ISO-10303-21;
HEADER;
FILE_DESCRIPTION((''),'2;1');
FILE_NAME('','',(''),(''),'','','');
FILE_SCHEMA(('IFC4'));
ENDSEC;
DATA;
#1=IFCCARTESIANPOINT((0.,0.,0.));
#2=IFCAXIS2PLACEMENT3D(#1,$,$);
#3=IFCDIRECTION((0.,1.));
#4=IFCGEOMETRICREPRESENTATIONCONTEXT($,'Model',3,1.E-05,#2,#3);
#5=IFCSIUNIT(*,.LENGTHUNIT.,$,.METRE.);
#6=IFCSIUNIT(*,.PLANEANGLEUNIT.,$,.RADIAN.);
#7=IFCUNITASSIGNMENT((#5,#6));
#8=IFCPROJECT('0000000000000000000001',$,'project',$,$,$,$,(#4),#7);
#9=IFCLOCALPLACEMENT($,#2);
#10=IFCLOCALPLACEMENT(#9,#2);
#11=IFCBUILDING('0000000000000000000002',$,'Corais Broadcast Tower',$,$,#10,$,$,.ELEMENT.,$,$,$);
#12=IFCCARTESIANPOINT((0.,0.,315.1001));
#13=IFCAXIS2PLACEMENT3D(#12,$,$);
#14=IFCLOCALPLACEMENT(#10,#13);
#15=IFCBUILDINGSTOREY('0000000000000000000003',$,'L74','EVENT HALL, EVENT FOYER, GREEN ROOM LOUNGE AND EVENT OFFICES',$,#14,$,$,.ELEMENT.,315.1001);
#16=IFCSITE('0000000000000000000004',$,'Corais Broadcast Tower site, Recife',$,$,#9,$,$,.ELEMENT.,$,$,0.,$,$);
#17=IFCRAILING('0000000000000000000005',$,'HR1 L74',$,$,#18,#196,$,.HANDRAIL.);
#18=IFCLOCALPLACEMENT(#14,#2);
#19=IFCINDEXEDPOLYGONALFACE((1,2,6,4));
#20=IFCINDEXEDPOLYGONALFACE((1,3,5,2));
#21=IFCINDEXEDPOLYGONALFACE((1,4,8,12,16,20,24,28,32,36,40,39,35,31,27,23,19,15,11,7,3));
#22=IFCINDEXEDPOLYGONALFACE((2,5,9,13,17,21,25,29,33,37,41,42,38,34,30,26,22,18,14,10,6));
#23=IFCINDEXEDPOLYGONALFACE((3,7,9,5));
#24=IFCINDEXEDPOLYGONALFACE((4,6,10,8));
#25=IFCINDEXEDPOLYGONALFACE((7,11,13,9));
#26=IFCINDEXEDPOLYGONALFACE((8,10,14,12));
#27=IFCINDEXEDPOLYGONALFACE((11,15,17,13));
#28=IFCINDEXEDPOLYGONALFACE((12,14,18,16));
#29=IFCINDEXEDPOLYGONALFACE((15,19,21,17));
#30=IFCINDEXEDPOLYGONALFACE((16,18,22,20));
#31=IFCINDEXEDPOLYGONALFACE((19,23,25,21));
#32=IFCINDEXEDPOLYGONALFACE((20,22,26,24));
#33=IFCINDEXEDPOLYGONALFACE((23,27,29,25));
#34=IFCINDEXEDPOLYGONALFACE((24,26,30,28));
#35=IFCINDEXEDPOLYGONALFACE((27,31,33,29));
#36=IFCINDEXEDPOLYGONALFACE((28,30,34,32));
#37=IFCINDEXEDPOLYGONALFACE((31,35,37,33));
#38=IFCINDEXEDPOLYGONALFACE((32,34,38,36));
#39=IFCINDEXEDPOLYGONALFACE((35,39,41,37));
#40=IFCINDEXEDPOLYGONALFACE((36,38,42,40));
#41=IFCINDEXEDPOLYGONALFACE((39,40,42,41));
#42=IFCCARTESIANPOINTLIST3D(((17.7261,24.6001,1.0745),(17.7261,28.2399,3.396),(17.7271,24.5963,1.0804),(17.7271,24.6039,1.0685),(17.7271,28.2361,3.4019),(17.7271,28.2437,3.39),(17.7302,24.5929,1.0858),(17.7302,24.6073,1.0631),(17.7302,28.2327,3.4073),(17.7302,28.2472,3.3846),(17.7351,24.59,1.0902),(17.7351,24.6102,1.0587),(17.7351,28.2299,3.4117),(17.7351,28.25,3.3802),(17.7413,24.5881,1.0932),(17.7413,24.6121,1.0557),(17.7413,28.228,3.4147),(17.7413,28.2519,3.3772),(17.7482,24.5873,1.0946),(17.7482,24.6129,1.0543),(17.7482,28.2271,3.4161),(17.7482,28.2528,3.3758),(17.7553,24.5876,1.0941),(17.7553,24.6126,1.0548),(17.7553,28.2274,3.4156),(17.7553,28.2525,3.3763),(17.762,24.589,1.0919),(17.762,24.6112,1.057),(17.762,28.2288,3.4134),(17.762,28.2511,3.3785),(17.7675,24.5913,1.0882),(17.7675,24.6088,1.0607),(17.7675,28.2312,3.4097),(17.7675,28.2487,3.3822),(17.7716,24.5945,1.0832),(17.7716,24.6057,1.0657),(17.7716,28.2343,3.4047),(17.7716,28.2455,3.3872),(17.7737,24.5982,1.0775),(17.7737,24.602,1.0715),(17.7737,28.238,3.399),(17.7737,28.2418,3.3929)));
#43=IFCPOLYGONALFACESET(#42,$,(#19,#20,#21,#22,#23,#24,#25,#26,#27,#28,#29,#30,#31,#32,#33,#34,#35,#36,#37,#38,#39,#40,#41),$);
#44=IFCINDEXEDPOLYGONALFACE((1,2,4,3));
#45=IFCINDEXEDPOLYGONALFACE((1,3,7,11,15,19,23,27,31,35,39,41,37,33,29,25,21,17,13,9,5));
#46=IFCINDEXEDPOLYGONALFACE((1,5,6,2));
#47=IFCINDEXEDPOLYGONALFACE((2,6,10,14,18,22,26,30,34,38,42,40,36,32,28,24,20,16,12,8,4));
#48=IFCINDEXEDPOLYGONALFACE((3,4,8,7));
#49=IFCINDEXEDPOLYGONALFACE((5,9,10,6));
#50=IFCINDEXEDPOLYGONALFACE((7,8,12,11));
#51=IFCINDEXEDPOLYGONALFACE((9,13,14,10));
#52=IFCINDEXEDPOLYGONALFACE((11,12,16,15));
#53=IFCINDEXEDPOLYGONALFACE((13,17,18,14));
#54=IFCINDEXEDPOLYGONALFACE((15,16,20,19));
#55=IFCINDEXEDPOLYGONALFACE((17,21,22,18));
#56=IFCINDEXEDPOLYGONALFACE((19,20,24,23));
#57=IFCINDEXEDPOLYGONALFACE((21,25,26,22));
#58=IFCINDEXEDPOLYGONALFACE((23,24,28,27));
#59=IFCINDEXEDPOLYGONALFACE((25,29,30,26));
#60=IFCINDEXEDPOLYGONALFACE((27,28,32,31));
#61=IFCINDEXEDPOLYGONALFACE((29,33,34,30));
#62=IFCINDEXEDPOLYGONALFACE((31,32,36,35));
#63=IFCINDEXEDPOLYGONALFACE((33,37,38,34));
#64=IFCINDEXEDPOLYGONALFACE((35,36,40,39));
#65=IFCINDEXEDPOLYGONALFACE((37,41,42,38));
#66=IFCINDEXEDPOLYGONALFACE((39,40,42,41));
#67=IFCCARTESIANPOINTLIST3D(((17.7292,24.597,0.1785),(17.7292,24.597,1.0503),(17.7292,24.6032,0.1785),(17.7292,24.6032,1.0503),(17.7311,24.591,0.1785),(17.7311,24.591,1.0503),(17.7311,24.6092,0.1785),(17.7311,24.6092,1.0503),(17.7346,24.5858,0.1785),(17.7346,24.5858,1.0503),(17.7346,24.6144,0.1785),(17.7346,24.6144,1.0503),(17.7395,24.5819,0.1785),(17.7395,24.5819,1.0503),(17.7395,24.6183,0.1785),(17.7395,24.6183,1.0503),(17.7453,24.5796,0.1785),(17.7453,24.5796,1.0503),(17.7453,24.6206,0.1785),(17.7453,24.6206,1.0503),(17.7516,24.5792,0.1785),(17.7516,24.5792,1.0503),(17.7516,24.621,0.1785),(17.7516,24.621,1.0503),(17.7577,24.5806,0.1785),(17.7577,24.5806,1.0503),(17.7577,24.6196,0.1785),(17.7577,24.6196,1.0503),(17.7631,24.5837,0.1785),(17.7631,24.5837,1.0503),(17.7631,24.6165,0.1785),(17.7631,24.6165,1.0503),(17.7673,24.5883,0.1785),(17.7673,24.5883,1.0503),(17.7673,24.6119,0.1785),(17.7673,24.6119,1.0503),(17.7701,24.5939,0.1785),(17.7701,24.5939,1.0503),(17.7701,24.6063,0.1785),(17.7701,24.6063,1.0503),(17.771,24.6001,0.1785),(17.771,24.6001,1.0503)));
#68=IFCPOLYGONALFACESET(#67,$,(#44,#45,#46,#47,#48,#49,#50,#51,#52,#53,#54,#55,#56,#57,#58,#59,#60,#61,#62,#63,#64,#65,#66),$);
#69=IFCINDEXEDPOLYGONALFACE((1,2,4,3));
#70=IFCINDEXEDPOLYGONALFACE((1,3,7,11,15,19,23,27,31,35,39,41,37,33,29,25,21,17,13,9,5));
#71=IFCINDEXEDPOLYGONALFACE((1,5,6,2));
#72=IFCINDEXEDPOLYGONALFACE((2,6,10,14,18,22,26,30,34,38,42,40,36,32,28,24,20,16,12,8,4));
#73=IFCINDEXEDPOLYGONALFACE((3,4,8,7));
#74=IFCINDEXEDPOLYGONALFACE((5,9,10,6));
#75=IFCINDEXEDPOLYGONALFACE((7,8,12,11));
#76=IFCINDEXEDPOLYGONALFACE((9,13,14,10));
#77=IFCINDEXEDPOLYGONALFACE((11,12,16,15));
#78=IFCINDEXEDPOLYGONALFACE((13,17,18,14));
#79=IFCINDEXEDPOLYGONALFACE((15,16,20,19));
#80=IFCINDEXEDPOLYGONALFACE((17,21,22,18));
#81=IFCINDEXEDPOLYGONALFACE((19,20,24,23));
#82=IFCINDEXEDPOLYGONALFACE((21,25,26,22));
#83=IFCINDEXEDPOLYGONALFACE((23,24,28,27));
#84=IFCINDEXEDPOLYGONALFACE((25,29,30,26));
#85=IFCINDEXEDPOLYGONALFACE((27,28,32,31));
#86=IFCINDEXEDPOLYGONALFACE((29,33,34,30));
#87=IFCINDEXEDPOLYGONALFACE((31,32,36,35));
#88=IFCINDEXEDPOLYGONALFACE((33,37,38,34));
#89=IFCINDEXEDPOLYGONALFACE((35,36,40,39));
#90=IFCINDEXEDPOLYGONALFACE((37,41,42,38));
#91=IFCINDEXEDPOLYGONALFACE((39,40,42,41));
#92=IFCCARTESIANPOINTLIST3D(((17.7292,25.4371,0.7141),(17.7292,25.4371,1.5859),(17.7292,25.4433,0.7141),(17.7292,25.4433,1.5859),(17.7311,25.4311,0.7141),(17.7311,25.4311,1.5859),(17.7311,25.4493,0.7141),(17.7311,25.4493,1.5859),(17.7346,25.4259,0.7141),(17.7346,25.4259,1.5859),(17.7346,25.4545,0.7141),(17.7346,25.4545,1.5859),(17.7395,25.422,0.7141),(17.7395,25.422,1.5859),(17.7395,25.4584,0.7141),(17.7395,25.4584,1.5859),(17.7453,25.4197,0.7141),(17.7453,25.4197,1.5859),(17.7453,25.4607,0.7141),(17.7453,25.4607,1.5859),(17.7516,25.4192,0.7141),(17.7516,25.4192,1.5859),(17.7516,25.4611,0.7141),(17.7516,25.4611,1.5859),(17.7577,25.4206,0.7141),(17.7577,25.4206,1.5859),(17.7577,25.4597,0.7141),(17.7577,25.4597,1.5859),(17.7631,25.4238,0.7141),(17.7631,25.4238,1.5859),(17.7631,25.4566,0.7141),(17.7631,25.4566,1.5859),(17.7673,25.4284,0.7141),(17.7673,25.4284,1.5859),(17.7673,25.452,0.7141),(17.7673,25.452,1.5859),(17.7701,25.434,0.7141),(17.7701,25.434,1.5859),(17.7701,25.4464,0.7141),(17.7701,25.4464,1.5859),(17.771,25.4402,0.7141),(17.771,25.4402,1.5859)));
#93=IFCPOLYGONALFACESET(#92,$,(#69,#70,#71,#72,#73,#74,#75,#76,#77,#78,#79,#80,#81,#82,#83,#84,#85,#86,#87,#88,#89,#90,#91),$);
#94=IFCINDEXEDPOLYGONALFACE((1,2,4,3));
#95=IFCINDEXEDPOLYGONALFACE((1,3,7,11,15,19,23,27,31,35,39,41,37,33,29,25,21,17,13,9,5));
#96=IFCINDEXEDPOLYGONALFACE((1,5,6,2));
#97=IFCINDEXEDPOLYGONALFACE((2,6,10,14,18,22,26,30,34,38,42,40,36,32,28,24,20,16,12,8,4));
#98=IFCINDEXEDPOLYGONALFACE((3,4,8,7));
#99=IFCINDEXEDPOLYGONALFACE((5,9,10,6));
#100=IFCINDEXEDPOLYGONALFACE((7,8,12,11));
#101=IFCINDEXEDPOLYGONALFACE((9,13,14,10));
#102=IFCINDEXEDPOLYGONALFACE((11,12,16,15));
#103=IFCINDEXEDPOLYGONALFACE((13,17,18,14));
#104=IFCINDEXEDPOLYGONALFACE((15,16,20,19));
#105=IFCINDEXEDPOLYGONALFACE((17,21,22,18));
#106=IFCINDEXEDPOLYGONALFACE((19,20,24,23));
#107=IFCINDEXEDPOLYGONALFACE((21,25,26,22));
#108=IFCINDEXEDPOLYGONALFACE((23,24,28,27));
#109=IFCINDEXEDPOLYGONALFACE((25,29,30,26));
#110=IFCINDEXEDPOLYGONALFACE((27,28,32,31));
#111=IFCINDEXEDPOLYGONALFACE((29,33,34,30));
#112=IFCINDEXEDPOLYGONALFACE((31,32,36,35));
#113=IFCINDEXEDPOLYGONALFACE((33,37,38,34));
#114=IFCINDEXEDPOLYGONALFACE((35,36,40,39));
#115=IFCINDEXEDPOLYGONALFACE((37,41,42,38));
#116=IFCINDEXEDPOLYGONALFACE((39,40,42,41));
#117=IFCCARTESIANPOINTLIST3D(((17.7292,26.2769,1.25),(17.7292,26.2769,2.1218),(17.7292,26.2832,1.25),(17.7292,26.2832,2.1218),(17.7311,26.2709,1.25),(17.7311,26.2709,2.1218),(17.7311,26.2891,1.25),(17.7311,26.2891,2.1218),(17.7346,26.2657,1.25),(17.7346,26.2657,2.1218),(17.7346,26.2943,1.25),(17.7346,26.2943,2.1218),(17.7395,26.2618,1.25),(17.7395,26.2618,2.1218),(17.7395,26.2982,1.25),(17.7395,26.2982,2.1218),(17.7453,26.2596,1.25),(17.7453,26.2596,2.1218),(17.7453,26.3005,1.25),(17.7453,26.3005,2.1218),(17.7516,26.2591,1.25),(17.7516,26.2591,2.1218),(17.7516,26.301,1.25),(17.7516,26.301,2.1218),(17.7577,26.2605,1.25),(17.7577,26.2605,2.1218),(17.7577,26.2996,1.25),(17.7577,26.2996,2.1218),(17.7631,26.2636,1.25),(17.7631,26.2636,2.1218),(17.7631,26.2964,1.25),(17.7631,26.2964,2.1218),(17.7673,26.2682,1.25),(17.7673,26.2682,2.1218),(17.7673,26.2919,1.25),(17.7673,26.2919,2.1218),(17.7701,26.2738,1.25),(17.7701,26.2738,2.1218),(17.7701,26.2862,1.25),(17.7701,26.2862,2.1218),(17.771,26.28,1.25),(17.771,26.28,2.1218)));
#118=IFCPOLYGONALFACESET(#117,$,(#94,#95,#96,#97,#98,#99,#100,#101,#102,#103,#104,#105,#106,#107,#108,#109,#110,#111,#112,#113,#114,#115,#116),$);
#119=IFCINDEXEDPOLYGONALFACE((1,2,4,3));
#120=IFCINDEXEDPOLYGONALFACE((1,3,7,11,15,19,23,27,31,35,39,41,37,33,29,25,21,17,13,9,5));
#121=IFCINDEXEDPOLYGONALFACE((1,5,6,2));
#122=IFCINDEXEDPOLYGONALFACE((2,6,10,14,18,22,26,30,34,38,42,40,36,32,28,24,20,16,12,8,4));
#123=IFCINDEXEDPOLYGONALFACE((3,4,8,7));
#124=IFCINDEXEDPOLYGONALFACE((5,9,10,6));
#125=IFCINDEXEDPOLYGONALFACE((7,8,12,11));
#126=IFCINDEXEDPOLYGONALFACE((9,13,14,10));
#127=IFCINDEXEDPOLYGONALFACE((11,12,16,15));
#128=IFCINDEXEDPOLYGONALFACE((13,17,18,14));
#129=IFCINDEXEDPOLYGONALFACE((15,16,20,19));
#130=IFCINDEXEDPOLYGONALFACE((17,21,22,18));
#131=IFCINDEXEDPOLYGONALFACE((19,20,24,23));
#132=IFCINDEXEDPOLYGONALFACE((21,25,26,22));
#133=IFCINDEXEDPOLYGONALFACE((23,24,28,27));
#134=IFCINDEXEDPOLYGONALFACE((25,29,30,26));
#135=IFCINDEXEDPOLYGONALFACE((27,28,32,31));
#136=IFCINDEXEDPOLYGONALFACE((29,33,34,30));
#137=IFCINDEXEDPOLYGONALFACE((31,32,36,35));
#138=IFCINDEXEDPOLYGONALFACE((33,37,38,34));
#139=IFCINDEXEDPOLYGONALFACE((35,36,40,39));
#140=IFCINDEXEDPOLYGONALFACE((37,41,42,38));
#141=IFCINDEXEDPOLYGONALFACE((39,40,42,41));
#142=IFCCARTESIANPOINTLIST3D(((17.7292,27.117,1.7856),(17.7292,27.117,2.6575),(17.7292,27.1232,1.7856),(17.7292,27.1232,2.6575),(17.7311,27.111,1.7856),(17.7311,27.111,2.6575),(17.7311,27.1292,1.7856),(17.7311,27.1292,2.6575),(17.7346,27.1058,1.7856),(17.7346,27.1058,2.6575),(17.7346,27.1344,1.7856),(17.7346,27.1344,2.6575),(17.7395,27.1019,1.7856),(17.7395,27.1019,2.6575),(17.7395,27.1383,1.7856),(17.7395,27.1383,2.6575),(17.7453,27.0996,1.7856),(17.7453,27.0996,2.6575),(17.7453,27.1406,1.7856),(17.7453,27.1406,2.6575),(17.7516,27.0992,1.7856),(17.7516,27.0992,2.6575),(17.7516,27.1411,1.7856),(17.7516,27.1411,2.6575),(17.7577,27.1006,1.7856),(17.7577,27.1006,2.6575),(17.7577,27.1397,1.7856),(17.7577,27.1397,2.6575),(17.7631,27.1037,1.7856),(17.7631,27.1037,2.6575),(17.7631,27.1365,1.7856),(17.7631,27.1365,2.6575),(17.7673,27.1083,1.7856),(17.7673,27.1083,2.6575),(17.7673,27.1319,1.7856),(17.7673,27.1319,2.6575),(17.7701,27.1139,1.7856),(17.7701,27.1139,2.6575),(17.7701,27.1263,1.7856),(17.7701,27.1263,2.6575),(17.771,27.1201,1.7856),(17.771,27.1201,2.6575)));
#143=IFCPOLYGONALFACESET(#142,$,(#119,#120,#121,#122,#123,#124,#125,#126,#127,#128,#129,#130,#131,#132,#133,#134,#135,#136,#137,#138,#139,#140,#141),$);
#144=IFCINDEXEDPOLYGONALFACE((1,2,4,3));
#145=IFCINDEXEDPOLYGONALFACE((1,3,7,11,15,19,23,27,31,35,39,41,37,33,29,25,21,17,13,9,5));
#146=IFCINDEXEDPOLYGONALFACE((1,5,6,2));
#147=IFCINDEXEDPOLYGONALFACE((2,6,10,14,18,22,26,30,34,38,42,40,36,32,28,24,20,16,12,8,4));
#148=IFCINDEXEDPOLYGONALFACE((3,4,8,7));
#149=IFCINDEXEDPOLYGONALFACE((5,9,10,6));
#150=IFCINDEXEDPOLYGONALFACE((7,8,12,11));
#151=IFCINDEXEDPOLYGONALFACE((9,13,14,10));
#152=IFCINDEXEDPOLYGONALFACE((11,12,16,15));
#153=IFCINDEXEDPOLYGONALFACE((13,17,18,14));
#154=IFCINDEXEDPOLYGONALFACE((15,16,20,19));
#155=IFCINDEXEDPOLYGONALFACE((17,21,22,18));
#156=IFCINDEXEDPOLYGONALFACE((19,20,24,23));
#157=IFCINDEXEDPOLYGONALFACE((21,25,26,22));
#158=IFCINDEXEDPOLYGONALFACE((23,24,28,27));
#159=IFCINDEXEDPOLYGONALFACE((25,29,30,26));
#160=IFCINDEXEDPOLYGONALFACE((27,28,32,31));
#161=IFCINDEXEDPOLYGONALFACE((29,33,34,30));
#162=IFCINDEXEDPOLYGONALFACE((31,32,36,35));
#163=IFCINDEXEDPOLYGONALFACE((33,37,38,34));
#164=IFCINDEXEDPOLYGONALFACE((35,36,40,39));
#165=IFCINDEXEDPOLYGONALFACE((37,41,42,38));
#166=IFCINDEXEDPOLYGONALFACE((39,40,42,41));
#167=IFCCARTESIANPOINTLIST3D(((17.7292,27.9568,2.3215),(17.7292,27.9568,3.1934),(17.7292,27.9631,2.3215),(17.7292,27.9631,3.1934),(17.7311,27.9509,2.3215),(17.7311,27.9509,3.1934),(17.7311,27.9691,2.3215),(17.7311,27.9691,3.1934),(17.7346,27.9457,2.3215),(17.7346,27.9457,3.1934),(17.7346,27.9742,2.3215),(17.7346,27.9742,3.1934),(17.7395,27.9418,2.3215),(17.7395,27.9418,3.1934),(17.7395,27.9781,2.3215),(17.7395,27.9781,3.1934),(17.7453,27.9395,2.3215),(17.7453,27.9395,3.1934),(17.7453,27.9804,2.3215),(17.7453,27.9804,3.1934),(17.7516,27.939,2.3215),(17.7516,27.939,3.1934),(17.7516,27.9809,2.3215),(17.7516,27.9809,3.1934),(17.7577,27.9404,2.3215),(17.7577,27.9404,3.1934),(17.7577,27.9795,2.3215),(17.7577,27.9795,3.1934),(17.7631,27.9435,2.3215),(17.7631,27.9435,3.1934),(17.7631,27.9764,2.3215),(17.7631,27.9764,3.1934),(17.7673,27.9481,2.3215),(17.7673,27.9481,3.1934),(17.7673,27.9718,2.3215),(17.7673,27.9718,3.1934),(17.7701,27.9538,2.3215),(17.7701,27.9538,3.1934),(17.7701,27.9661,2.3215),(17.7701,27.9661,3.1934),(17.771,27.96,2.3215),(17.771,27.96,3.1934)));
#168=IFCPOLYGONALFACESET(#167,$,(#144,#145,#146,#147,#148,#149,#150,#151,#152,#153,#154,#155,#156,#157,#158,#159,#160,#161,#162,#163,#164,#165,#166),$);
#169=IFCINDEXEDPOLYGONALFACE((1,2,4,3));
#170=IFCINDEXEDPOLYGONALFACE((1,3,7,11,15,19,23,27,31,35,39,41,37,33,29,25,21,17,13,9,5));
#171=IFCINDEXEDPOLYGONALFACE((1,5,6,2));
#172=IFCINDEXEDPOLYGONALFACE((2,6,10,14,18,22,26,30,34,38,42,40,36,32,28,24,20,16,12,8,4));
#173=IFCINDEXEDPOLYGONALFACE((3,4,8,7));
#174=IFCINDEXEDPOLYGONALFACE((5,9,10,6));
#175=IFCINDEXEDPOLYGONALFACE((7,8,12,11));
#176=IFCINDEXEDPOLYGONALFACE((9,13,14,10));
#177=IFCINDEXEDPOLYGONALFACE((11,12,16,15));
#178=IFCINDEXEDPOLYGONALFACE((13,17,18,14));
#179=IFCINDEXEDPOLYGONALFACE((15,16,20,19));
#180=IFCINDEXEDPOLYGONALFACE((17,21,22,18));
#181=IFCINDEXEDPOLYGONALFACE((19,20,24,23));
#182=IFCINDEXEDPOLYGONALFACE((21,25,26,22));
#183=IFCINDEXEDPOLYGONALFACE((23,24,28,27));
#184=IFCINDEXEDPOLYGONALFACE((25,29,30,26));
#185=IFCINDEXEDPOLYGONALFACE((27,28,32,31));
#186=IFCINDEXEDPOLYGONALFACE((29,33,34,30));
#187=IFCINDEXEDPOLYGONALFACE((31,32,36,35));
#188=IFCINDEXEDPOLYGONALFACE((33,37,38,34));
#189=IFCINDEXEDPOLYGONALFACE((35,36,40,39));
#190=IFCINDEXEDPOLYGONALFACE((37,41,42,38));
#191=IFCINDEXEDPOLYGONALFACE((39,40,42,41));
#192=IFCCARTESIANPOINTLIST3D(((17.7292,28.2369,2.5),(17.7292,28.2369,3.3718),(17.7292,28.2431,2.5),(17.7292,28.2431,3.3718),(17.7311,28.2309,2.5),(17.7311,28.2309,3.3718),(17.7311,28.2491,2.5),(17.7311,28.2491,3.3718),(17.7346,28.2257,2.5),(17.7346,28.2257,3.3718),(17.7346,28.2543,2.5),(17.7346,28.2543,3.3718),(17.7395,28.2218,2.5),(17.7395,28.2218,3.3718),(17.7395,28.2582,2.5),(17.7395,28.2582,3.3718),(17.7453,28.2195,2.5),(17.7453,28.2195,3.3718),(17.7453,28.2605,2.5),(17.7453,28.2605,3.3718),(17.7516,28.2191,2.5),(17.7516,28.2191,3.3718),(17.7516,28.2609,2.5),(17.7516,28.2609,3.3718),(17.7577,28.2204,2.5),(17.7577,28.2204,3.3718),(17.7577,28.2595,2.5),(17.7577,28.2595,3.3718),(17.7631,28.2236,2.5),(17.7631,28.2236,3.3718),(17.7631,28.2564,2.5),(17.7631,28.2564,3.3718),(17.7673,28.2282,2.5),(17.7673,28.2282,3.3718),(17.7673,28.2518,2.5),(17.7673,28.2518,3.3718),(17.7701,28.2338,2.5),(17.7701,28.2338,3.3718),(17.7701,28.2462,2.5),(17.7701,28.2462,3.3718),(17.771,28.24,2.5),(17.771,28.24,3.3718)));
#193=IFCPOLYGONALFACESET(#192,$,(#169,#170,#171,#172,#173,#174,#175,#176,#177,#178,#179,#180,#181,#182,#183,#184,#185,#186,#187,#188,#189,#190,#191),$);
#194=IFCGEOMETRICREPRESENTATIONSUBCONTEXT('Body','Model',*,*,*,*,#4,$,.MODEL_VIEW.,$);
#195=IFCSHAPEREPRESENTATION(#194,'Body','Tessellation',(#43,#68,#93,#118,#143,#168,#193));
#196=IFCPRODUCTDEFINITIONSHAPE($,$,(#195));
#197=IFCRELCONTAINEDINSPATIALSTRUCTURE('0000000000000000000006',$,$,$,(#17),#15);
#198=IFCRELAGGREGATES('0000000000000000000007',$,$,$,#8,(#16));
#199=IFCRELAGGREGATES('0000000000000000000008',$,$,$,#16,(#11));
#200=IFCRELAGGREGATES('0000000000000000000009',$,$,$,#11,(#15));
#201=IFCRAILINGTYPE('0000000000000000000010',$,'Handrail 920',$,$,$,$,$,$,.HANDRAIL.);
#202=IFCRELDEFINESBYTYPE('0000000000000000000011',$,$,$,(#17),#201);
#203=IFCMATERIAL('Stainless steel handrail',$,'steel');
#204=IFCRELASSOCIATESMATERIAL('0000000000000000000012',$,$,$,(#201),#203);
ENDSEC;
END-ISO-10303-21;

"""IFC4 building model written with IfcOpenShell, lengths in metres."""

from ifc_helpers import new_model, si_unit, direction, frame, origin, origin_2d, place, context, subcontext, project, spatial, circle, extrude, material, type_object, element, save


model = new_model("IFC4")

# Units and contexts
model_context = context("Model", 3, precision=1e-05, world=origin(), true_north=direction((0.0, 1.0)))
body_context = subcontext(model_context, "Body", "Model", "MODEL_VIEW")
ifc_project = project(units=[si_unit("LENGTHUNIT", "METRE"), si_unit("PLANEANGLEUNIT", "RADIAN")], contexts=[model_context])

# Site, building, storey
site_placement = place(None, origin())
site = spatial("IfcSite", under=ifc_project, at=site_placement, Name="Corais Broadcast Tower site, Recife", CompositionType="ELEMENT", RefElevation=0.0)
building_placement = place(site_placement, origin())
building = spatial("IfcBuilding", under=site, at=building_placement, Name="Corais Broadcast Tower", CompositionType="ELEMENT")
storey_placement = place(building_placement, frame((0.0, 0.0, 315.1001)))
storey = spatial("IfcBuildingStorey", under=building, at=storey_placement, Name="L74", Description="EVENT HALL, EVENT FOYER, GREEN ROOM LOUNGE AND EVENT OFFICES", CompositionType="ELEMENT", Elevation=315.1001)

# Railing
ifc_material_1 = material(Name="Stainless steel handrail", Category="steel")
railing_type = type_object("IfcRailingType", Name="Handrail 920", PredefinedType="HANDRAIL", material=ifc_material_1)
for number, where, name in (
    (1, (17.75, 24.6001, 0.1785), "HR1 L74"),
):
    element("IfcRailing", number, at=place(storey_placement, frame(where)), inside=storey, type_object=railing_type, Name=name, PredefinedType="HANDRAIL", context=body_context, shape_type="SweptSolid", body=[
        extrude(circle(Radius=0.0239, at=origin_2d()), frame((0.0, 0.0, 0.896), z_axis=(0.0, 0.843112, 0.537739), x_axis=(-1.0, 0.0, 0.0)), (0.0, 0.0, 1.0), 4.3171),
        extrude(circle(Radius=0.021, at=origin_2d()), origin(), (0.0, 0.0, 1.0), 0.8718),
        extrude(circle(Radius=0.021, at=origin_2d()), frame((0.0, 0.8401, 0.5356)), (0.0, 0.0, 1.0), 0.8718),
        extrude(circle(Radius=0.021, at=origin_2d()), frame((0.0, 1.6799, 1.0715)), (0.0, 0.0, 1.0), 0.8718),
        extrude(circle(Radius=0.021, at=origin_2d()), frame((0.0, 2.52, 1.6072)), (0.0, 0.0, 1.0), 0.8718),
        extrude(circle(Radius=0.021, at=origin_2d()), frame((0.0, 3.3599, 2.1431)), (0.0, 0.0, 1.0), 0.8718),
        extrude(circle(Radius=0.021, at=origin_2d()), frame((0.0, 3.6399, 2.3215)), (0.0, 0.0, 1.0), 0.8718),
    ])

save(model, "model.ifc")
